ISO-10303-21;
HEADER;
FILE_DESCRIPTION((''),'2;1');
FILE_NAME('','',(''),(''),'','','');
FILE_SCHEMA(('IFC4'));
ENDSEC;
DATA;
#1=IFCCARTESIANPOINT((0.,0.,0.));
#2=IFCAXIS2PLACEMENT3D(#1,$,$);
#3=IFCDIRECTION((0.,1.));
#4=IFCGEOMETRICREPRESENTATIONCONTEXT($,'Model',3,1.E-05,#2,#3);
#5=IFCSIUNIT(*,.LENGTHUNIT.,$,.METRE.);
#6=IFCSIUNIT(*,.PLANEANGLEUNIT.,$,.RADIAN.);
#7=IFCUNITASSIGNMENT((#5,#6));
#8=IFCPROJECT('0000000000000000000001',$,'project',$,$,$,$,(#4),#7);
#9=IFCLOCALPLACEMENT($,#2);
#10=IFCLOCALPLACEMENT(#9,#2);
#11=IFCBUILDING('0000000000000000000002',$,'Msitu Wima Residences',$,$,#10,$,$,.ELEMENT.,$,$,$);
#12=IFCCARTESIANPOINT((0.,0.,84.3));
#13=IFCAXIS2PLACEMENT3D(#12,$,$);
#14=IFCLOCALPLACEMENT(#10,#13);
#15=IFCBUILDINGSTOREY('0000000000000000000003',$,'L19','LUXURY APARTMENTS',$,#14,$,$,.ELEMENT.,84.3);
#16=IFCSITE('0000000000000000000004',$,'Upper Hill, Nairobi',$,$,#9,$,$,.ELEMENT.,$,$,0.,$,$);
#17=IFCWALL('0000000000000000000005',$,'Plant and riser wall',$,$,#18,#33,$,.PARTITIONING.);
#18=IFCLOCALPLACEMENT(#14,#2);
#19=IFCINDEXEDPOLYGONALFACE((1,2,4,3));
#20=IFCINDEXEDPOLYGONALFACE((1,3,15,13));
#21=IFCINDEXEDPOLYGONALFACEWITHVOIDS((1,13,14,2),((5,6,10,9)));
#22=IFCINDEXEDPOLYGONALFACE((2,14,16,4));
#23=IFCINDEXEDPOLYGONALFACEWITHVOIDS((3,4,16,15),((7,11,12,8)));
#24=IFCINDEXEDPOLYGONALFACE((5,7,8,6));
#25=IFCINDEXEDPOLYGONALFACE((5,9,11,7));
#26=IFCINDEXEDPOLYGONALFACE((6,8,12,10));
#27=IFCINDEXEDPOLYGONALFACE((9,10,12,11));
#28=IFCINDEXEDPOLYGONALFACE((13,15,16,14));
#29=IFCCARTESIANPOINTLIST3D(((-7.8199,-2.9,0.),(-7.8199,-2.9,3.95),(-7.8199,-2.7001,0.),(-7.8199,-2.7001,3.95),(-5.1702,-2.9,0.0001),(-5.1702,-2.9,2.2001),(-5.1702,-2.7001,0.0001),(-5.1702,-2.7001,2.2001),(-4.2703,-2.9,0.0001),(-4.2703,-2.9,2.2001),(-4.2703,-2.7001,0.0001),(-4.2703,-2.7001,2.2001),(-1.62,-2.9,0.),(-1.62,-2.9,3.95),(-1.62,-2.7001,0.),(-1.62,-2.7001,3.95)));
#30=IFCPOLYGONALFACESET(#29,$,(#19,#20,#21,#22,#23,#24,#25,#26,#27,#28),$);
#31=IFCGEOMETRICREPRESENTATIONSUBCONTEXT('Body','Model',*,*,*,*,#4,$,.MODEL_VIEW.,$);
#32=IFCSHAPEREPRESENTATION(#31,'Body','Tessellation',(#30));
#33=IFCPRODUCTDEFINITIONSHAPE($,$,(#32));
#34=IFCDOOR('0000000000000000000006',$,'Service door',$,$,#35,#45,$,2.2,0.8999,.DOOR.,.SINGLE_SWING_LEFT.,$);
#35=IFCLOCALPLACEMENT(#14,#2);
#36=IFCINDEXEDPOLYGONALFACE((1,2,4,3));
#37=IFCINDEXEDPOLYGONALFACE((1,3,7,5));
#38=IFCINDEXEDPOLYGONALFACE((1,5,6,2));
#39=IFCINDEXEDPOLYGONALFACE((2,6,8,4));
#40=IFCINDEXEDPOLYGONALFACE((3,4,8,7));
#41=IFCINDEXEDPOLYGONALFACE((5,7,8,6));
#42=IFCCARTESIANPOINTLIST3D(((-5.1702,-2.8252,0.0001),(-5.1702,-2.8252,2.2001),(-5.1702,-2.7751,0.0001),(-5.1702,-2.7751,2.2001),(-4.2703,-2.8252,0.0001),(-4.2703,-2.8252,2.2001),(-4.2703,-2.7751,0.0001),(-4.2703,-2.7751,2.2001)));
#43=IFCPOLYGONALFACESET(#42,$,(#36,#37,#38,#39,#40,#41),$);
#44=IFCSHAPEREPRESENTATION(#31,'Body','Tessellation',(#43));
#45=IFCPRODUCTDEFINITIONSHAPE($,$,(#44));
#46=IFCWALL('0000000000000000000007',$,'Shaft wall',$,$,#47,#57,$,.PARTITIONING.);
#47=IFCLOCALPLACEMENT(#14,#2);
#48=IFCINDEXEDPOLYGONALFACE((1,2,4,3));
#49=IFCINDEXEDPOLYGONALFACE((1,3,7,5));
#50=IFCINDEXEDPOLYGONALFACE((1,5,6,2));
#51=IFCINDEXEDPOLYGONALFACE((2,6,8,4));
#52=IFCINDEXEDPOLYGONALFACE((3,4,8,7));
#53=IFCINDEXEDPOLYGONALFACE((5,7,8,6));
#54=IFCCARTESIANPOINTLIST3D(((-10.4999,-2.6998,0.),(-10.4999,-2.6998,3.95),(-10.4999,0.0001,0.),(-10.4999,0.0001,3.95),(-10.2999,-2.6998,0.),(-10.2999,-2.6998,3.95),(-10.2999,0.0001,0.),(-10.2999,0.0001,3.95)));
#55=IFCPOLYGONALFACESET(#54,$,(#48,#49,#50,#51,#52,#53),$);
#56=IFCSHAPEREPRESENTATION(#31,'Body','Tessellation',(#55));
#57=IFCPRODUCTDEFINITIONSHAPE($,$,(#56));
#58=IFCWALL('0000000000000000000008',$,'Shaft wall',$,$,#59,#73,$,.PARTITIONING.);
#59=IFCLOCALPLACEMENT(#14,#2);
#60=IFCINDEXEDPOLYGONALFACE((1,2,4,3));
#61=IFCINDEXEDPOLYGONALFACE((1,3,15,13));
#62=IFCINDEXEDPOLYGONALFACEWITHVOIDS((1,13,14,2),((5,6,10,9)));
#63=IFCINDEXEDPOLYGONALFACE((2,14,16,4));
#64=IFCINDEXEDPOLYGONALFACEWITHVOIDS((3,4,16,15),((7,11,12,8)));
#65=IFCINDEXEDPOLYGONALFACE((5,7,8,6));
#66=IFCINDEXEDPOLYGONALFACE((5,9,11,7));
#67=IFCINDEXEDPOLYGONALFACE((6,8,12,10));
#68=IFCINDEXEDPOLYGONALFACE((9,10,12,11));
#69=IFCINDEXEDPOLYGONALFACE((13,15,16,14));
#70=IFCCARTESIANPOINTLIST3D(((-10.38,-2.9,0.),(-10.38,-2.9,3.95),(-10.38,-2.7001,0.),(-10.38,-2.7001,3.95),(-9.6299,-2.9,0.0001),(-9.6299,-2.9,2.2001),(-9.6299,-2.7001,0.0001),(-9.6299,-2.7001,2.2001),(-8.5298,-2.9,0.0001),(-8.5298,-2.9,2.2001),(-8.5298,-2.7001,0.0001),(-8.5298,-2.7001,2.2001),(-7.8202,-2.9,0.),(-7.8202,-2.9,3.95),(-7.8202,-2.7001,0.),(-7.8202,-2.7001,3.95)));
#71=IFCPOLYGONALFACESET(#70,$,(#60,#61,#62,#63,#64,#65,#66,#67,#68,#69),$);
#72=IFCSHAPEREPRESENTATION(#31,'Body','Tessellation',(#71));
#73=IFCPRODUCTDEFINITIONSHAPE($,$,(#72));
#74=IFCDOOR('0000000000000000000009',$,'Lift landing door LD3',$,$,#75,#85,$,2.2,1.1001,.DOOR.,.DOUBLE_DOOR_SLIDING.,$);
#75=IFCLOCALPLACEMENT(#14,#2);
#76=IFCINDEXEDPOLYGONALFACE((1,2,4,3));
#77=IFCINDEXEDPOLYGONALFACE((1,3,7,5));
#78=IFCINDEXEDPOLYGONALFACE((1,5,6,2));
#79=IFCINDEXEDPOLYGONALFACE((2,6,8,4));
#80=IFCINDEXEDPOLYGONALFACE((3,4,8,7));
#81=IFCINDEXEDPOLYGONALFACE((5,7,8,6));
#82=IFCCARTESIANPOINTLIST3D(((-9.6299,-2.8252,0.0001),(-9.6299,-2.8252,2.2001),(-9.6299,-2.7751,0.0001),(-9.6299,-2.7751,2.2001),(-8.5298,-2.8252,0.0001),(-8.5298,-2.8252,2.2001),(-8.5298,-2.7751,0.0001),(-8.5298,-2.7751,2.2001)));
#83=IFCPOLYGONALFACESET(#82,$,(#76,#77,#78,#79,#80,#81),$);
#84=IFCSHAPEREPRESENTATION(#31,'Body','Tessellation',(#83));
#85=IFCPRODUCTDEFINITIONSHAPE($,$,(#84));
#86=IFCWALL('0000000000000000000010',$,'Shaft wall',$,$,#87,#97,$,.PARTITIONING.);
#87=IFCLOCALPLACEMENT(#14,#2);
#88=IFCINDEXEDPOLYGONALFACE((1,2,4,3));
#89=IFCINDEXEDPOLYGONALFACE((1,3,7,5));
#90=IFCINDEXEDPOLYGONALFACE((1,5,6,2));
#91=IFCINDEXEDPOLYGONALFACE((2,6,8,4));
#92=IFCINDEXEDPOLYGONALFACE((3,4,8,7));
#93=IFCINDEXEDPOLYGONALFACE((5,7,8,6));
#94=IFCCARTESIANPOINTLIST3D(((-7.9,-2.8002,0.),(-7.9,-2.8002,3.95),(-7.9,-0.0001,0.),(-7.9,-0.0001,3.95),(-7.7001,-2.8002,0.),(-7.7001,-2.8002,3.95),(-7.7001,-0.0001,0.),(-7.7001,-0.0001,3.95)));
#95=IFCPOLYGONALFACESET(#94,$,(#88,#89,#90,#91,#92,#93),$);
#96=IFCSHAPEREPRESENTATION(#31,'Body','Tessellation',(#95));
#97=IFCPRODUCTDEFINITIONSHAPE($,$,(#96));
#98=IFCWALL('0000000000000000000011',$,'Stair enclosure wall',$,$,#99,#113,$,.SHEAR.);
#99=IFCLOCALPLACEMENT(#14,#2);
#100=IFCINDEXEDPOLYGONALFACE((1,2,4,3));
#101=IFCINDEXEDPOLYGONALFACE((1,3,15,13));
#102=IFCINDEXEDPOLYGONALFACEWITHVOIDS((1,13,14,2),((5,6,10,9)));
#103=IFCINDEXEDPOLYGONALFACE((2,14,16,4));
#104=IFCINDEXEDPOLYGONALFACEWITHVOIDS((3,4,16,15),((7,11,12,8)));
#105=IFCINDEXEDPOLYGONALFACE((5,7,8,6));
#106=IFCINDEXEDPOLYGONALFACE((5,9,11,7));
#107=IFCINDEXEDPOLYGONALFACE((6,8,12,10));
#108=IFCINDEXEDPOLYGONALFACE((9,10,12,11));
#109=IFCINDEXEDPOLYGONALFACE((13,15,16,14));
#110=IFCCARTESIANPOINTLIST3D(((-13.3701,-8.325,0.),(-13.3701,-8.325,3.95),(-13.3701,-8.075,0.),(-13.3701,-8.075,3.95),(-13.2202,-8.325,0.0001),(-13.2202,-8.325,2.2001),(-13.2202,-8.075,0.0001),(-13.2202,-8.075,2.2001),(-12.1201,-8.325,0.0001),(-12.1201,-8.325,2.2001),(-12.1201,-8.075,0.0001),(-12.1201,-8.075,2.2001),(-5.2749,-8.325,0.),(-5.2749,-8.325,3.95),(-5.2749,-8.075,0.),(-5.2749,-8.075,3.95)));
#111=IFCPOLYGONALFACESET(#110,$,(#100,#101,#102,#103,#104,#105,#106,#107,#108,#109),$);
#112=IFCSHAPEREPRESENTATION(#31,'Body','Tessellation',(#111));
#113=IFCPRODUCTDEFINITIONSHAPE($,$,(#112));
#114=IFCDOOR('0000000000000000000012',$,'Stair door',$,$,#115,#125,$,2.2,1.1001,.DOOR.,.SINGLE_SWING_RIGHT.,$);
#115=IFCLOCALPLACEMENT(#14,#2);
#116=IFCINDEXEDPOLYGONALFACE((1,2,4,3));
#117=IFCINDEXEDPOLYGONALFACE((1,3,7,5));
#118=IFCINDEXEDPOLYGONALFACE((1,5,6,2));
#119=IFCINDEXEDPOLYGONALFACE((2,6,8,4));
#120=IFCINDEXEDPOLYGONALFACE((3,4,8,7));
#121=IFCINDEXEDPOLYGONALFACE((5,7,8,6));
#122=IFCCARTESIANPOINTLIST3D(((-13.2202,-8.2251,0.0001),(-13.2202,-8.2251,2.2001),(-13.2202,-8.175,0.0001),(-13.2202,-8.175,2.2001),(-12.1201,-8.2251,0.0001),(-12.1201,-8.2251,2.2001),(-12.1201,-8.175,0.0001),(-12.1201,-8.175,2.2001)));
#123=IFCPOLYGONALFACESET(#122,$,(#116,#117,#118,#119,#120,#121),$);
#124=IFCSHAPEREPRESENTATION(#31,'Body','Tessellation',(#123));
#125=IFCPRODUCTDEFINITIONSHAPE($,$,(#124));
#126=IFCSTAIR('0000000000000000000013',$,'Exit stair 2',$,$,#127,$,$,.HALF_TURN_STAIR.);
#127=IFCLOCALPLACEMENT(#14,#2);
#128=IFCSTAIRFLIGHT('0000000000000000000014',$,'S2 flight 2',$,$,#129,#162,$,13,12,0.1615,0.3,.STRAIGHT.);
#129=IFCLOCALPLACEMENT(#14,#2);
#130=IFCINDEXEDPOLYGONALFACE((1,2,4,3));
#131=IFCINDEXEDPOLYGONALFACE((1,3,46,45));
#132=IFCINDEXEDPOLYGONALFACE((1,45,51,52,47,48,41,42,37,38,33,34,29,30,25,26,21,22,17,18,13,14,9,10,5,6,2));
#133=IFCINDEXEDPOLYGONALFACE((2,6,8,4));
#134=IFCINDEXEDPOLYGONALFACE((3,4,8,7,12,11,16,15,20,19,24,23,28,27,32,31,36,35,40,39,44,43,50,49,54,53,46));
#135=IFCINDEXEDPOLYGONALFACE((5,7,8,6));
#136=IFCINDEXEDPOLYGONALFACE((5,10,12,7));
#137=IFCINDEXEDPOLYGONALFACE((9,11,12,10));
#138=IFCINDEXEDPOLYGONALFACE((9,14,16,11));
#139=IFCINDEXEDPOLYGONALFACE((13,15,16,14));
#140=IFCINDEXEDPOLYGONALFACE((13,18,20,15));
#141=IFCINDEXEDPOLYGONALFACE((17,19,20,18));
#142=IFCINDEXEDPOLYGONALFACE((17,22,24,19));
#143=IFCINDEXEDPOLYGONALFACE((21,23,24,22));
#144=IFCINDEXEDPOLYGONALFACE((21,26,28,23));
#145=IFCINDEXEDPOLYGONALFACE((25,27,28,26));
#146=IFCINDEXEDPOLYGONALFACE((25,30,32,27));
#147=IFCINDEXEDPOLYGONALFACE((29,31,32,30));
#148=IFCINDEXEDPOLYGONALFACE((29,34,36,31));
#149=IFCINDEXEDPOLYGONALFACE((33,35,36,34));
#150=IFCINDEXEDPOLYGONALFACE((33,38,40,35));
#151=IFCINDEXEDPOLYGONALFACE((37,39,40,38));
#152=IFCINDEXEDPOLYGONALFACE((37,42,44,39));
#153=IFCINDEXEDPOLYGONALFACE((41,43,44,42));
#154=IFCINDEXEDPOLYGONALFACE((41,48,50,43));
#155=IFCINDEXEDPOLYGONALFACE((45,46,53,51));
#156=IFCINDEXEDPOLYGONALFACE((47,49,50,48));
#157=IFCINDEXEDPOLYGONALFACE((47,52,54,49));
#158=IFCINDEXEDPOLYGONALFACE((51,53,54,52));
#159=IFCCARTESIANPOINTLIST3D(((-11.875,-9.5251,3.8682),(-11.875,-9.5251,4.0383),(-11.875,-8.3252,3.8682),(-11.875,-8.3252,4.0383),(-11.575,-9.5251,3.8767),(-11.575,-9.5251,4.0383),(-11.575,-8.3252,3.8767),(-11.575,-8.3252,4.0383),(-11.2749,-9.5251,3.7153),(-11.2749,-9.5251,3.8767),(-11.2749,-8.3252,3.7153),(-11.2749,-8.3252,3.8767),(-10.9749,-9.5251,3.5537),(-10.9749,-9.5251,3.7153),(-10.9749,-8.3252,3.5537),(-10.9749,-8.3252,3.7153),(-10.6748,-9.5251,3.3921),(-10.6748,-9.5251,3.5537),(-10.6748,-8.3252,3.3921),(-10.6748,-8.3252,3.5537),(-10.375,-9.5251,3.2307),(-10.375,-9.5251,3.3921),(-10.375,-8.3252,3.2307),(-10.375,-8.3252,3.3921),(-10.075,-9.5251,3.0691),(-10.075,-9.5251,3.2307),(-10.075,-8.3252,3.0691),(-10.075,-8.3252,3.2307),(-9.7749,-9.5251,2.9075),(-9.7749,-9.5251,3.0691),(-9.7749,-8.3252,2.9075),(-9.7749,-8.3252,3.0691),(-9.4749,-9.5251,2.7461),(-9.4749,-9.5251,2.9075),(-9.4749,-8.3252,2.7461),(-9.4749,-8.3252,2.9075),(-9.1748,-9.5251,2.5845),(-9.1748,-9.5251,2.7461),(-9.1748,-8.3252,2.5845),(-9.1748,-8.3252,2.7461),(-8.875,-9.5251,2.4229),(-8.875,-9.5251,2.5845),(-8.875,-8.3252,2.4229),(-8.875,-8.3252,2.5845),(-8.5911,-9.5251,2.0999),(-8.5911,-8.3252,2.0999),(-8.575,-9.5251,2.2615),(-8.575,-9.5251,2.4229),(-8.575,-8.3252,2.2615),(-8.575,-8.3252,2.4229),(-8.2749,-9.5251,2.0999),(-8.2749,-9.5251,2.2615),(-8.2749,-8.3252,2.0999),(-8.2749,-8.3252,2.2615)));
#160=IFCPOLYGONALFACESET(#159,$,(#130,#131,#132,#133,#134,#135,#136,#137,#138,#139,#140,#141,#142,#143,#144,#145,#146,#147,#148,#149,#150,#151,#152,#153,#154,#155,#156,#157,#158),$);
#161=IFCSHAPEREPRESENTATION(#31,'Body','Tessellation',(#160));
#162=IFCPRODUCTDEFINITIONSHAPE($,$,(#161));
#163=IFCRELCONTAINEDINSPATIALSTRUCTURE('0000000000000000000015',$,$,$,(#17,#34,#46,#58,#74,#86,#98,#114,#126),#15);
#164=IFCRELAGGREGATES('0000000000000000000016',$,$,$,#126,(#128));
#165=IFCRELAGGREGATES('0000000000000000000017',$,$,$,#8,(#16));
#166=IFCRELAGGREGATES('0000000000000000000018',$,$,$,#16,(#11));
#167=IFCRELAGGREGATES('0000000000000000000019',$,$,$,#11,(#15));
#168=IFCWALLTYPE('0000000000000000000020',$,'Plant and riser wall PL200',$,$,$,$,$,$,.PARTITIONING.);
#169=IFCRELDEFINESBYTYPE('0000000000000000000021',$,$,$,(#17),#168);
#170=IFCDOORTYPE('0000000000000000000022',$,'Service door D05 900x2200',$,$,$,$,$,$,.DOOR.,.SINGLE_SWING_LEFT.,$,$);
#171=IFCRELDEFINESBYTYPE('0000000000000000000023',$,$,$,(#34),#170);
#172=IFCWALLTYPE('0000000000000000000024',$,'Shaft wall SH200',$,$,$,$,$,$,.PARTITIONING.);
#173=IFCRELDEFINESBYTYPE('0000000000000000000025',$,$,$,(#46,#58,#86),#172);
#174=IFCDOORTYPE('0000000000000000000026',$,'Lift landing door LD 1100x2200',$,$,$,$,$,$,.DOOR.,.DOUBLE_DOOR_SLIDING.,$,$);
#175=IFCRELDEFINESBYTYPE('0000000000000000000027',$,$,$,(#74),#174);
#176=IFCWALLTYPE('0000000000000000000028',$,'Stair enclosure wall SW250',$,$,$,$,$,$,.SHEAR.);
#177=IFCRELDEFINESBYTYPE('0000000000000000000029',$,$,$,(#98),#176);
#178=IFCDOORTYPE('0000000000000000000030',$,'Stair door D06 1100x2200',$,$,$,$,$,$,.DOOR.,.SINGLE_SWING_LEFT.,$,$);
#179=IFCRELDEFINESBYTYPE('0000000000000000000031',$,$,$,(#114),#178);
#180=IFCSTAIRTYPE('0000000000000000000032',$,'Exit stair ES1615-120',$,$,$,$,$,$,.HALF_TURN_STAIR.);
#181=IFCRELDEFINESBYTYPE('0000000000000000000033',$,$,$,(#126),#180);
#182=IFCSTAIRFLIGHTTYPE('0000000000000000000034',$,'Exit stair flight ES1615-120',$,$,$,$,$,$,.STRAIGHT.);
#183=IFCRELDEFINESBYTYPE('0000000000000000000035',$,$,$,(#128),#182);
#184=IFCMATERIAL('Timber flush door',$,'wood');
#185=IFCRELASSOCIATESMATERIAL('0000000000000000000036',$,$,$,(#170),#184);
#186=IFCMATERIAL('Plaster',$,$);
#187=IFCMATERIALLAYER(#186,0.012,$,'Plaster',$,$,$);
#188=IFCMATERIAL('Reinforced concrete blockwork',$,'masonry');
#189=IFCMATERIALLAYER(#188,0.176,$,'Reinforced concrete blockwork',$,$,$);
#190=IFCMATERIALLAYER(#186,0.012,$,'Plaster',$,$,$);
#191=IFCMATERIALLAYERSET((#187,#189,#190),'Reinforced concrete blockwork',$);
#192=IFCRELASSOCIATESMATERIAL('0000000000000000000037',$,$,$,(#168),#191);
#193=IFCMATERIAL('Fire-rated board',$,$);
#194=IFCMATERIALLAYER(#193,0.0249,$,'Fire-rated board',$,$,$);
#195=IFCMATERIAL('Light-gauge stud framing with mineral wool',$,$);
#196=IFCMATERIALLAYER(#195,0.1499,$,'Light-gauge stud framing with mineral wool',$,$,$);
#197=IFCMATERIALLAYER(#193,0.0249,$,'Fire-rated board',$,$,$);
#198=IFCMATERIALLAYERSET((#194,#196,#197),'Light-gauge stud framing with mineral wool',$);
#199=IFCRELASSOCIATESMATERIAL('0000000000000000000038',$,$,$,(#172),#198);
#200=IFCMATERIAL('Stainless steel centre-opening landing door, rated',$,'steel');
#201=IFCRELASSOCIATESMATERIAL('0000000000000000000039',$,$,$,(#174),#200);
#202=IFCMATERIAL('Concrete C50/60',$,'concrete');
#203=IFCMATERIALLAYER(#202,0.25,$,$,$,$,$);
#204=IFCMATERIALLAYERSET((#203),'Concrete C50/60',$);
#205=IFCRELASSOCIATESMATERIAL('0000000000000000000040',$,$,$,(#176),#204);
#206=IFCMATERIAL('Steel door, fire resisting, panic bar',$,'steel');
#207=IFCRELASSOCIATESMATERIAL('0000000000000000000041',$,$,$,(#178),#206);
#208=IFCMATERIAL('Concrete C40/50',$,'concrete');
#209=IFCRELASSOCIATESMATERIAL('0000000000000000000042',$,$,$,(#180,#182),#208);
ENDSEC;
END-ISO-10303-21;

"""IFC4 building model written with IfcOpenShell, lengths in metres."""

from ifc_helpers import new_model, si_unit, direction, frame, frame_2d, origin, place, context, subcontext, project, spatial, polyline, rectangle, outline, extrude, material, layer, layer_set, type_object, element, fill, aggregate, save


model = new_model("IFC4")

# Units and contexts
model_context = context("Model", 3, precision=1e-05, world=origin(), true_north=direction((0.0, 1.0)))
body_context = subcontext(model_context, "Body", "Model", "MODEL_VIEW")
ifc_project = project(units=[si_unit("LENGTHUNIT", "METRE"), si_unit("PLANEANGLEUNIT", "RADIAN")], contexts=[model_context])

# Site, building, storey
site_placement = place(None, origin())
site = spatial("IfcSite", under=ifc_project, at=site_placement, Name="Upper Hill, Nairobi", CompositionType="ELEMENT", RefElevation=0.0)
building_placement = place(site_placement, origin())
building = spatial("IfcBuilding", under=site, at=building_placement, Name="Msitu Wima Residences", CompositionType="ELEMENT")
storey_placement = place(building_placement, frame((0.0, 0.0, 84.3)))
storey = spatial("IfcBuildingStorey", under=building, at=storey_placement, Name="L19", Description="LUXURY APARTMENTS", CompositionType="ELEMENT", Elevation=84.3)

# Shared definitions
ifc_material_1 = material(Name="Plaster")

# Shared definitions
ifc_material_2 = material(Name="Timber flush door", Category="wood")
door_type_1 = type_object("IfcDoorType", Name="Service door D05 900x2200", OperationType="SINGLE_SWING_LEFT", PredefinedType="DOOR", material=ifc_material_2)

# Wall, opening, door
ifc_layer_1 = layer(ifc_material_1, 0.012, Name="Plaster")
ifc_material_3 = material(Name="Reinforced concrete blockwork", Category="masonry")
ifc_layer_2 = layer(ifc_material_3, 0.176, Name="Reinforced concrete blockwork")
ifc_layer_3 = layer(ifc_material_1, 0.012, Name="Plaster")
ifc_layer_set_1 = layer_set([ifc_layer_1, ifc_layer_2, ifc_layer_3], Name="Reinforced concrete blockwork")
wall_type_1 = type_object("IfcWallType", Name="Plant and riser wall PL200", PredefinedType="PARTITIONING", material=ifc_layer_set_1)
wall_1_placement = place(storey_placement, frame((-7.8201, -2.8, 0.0), z_axis=(0.0, 0.0, 1.0), x_axis=(1.0, 0.0, 0.0)))
wall_1 = element("IfcWall", 1, at=wall_1_placement, inside=storey, type_object=wall_type_1, Name="Plant and riser wall", PredefinedType="PARTITIONING", context=body_context, shape_type="SweptSolid", body=[
    extrude(rectangle(XDim=6.2, YDim=0.2, at=frame_2d((3.1001, 0.0))), origin(), (0.0, 0.0, 1.0), 3.95),
])
opening_1_placement = place(wall_1_placement, frame((2.6499, 0.0, 0.0)))
opening_1 = element("IfcOpeningElement", 2, at=opening_1_placement, cuts=wall_1, PredefinedType="OPENING", context=body_context, shape_type="SweptSolid", body=[
    extrude(rectangle(XDim=0.8999, YDim=2.2, at=frame_2d((0.45, 1.1001))), frame((0.0, 0.1099, 0.0), z_axis=(0.0, -1.0, 0.0), x_axis=(1.0, 0.0, 0.0)), (0.0, 0.0, 1.0), 0.22),
])
door_1_placement = place(opening_1_placement, origin())
door_1 = element("IfcDoor", 3, at=door_1_placement, inside=storey, type_object=door_type_1, Name="Service door", OperationType="SINGLE_SWING_LEFT", OverallHeight=2.2, OverallWidth=0.8999, PredefinedType="DOOR", context=body_context, shape_type="SweptSolid", body=[
    extrude(rectangle(XDim=0.8999, YDim=2.2, at=frame_2d((0.45, 1.1001))), frame((0.0, 0.0249, 0.0), z_axis=(0.0, -1.0, 0.0), x_axis=(1.0, 0.0, 0.0)), (0.0, 0.0, 1.0), 0.05),
])
fill(opening_1, door_1)

# Wall
ifc_material_4 = material(Name="Fire-rated board")
ifc_layer_4 = layer(ifc_material_4, 0.0249, Name="Fire-rated board")
ifc_material_5 = material(Name="Light-gauge stud framing with mineral wool")
ifc_layer_5 = layer(ifc_material_5, 0.1499, Name="Light-gauge stud framing with mineral wool")
ifc_layer_6 = layer(ifc_material_4, 0.0249, Name="Fire-rated board")
ifc_layer_set_2 = layer_set([ifc_layer_4, ifc_layer_5, ifc_layer_6], Name="Light-gauge stud framing with mineral wool")
wall_type_2 = type_object("IfcWallType", Name="Shaft wall SH200", PredefinedType="PARTITIONING", material=ifc_layer_set_2)
wall_2_placement = place(storey_placement, frame((-10.3999, -2.7, 0.0), z_axis=(0.0, 0.0, 1.0), x_axis=(0.0, 1.0, 0.0)))
element("IfcWall", 4, at=wall_2_placement, inside=storey, type_object=wall_type_2, Name="Shaft wall", PredefinedType="PARTITIONING", context=body_context, shape_type="SweptSolid", body=[
    extrude(rectangle(XDim=2.7, YDim=0.2, at=frame_2d((1.3501, 0.0))), origin(), (0.0, 0.0, 1.0), 3.95),
])

# Wall, opening, door
wall_3_placement = place(storey_placement, frame((-10.3799, -2.8, 0.0), z_axis=(0.0, 0.0, 1.0), x_axis=(1.0, 0.0, 0.0)))
wall_3 = element("IfcWall", 5, at=wall_3_placement, inside=storey, type_object=wall_type_2, Name="Shaft wall", PredefinedType="PARTITIONING", context=body_context, shape_type="SweptSolid", body=[
    extrude(rectangle(XDim=2.5598, YDim=0.2, at=frame_2d((1.2798, 0.0))), origin(), (0.0, 0.0, 1.0), 3.95),
])
opening_2_placement = place(wall_3_placement, frame((0.75, 0.0, 0.0)))
opening_2 = element("IfcOpeningElement", 6, at=opening_2_placement, cuts=wall_3, PredefinedType="OPENING", context=body_context, shape_type="SweptSolid", body=[
    extrude(rectangle(XDim=1.1001, YDim=2.2, at=frame_2d((0.55, 1.1001))), frame((0.0, 0.1099, 0.0), z_axis=(0.0, -1.0, 0.0), x_axis=(1.0, 0.0, 0.0)), (0.0, 0.0, 1.0), 0.22),
])
ifc_material_6 = material(Name="Stainless steel centre-opening landing door, rated", Category="steel")
door_type_2 = type_object("IfcDoorType", Name="Lift landing door LD 1100x2200", OperationType="DOUBLE_DOOR_SLIDING", PredefinedType="DOOR", material=ifc_material_6)
door_2_placement = place(opening_2_placement, origin())
door_2 = element("IfcDoor", 7, at=door_2_placement, inside=storey, type_object=door_type_2, Name="Lift landing door LD3", OperationType="DOUBLE_DOOR_SLIDING", OverallHeight=2.2, OverallWidth=1.1001, PredefinedType="DOOR", context=body_context, shape_type="SweptSolid", body=[
    extrude(rectangle(XDim=1.1001, YDim=2.2, at=frame_2d((0.55, 1.1001))), frame((0.0, 0.0249, 0.0), z_axis=(0.0, -1.0, 0.0), x_axis=(1.0, 0.0, 0.0)), (0.0, 0.0, 1.0), 0.05),
])
fill(opening_2, door_2)

# Wall
wall_4_placement = place(storey_placement, frame((-7.8, -2.8, 0.0), z_axis=(0.0, 0.0, 1.0), x_axis=(0.0, 1.0, 0.0)))
element("IfcWall", 8, at=wall_4_placement, inside=storey, type_object=wall_type_2, Name="Shaft wall", PredefinedType="PARTITIONING", context=body_context, shape_type="SweptSolid", body=[
    extrude(rectangle(XDim=2.8, YDim=0.2, at=frame_2d((1.3999, 0.0))), origin(), (0.0, 0.0, 1.0), 3.95),
])

# Wall, opening, door
ifc_material_7 = material(Name="Concrete C50/60", Category="concrete")
ifc_layer_7 = layer(ifc_material_7, 0.25)
ifc_layer_set_3 = layer_set([ifc_layer_7], Name="Concrete C50/60")
wall_type_3 = type_object("IfcWallType", Name="Stair enclosure wall SW250", PredefinedType="SHEAR", material=ifc_layer_set_3)
wall_5_placement = place(storey_placement, frame((-13.3701, -8.2, 0.0), z_axis=(0.0, 0.0, 1.0), x_axis=(1.0, 0.0, 0.0)))
wall_5 = element("IfcWall", 9, at=wall_5_placement, inside=storey, type_object=wall_type_3, Name="Stair enclosure wall", PredefinedType="SHEAR", context=body_context, shape_type="SweptSolid", body=[
    extrude(rectangle(XDim=8.0952, YDim=0.25, at=frame_2d((4.0476, 0.0))), origin(), (0.0, 0.0, 1.0), 3.95),
])
opening_3_placement = place(wall_5_placement, frame((0.1499, 0.0, 0.0)))
opening_3 = element("IfcOpeningElement", 10, at=opening_3_placement, cuts=wall_5, PredefinedType="OPENING", context=body_context, shape_type="SweptSolid", body=[
    extrude(rectangle(XDim=1.1001, YDim=2.2, at=frame_2d((0.55, 1.1001))), frame((0.0, 0.135, 0.0), z_axis=(0.0, -1.0, 0.0), x_axis=(1.0, 0.0, 0.0)), (0.0, 0.0, 1.0), 0.27),
])
ifc_material_8 = material(Name="Steel door, fire resisting, panic bar", Category="steel")
door_type_3 = type_object("IfcDoorType", Name="Stair door D06 1100x2200", OperationType="SINGLE_SWING_LEFT", PredefinedType="DOOR", material=ifc_material_8)
door_3_placement = place(opening_3_placement, origin())
door_3 = element("IfcDoor", 11, at=door_3_placement, inside=storey, type_object=door_type_3, Name="Stair door", OperationType="SINGLE_SWING_RIGHT", OverallHeight=2.2, OverallWidth=1.1001, PredefinedType="DOOR", context=body_context, shape_type="SweptSolid", body=[
    extrude(rectangle(XDim=1.1001, YDim=2.2, at=frame_2d((0.55, 1.1001))), frame((0.0, 0.0249, 0.0), z_axis=(0.0, -1.0, 0.0), x_axis=(1.0, 0.0, 0.0)), (0.0, 0.0, 1.0), 0.05),
])
fill(opening_3, door_3)

# Stair, stair flight
ifc_material_9 = material(Name="Concrete C40/50", Category="concrete")
stair_type = type_object("IfcStairType", Name="Exit stair ES1615-120", PredefinedType="HALF_TURN_STAIR", material=ifc_material_9)
stair_placement = place(storey_placement, origin())
stair = element("IfcStair", 12, at=stair_placement, inside=storey, type_object=stair_type, Name="Exit stair 2", PredefinedType="HALF_TURN_STAIR")
stair_flight_type = type_object("IfcStairFlightType", Name="Exit stair flight ES1615-120", PredefinedType="STRAIGHT", material=ifc_material_9)
stair_flight_placement = place(storey_placement, frame((-8.2749, -8.925, 2.0999), z_axis=(0.0, 0.0, 1.0), x_axis=(-1.0, 0.0, 0.0)))
stair_flight = element("IfcStairFlight", 13, at=stair_flight_placement, type_object=stair_flight_type, Name="S2 flight 2", NumberOfRisers=13, NumberOfTreads=12, PredefinedType="STRAIGHT", RiserHeight=0.1615, TreadLength=0.3, context=body_context, shape_type="SweptSolid", body=[
    extrude(outline(polyline([(0.0, 0.0), (0.0, 0.1616), (0.3, 0.1616), (0.3, 0.323), (0.6001, 0.323), (0.6001, 0.4846), (0.8999, 0.4846), (0.8999, 0.6462), (1.2, 0.6462), (1.2, 0.8076), (1.5, 0.8076), (1.5, 0.9692), (1.8, 0.9692), (1.8, 1.1309), (2.1001, 1.1309), (2.1001, 1.2922), (2.3999, 1.2922), (2.3999, 1.4539), (2.7, 1.4539), (2.7, 1.6155), (3.0, 1.6155), (3.0, 1.7769), (3.3, 1.7769), (3.3, 1.9385), (3.6001, 1.9385), (3.6001, 2.1001), (3.6001, 1.7683), (0.3162, 0.0), (0.0, 0.0)])), frame((0.0, 0.6001, 0.0), z_axis=(0.0, -1.0, 0.0), x_axis=(1.0, 0.0, 0.0)), (0.0, 0.0, 1.0), 1.2),
])
aggregate(stair, [stair_flight])

save(model, "model.ifc")
